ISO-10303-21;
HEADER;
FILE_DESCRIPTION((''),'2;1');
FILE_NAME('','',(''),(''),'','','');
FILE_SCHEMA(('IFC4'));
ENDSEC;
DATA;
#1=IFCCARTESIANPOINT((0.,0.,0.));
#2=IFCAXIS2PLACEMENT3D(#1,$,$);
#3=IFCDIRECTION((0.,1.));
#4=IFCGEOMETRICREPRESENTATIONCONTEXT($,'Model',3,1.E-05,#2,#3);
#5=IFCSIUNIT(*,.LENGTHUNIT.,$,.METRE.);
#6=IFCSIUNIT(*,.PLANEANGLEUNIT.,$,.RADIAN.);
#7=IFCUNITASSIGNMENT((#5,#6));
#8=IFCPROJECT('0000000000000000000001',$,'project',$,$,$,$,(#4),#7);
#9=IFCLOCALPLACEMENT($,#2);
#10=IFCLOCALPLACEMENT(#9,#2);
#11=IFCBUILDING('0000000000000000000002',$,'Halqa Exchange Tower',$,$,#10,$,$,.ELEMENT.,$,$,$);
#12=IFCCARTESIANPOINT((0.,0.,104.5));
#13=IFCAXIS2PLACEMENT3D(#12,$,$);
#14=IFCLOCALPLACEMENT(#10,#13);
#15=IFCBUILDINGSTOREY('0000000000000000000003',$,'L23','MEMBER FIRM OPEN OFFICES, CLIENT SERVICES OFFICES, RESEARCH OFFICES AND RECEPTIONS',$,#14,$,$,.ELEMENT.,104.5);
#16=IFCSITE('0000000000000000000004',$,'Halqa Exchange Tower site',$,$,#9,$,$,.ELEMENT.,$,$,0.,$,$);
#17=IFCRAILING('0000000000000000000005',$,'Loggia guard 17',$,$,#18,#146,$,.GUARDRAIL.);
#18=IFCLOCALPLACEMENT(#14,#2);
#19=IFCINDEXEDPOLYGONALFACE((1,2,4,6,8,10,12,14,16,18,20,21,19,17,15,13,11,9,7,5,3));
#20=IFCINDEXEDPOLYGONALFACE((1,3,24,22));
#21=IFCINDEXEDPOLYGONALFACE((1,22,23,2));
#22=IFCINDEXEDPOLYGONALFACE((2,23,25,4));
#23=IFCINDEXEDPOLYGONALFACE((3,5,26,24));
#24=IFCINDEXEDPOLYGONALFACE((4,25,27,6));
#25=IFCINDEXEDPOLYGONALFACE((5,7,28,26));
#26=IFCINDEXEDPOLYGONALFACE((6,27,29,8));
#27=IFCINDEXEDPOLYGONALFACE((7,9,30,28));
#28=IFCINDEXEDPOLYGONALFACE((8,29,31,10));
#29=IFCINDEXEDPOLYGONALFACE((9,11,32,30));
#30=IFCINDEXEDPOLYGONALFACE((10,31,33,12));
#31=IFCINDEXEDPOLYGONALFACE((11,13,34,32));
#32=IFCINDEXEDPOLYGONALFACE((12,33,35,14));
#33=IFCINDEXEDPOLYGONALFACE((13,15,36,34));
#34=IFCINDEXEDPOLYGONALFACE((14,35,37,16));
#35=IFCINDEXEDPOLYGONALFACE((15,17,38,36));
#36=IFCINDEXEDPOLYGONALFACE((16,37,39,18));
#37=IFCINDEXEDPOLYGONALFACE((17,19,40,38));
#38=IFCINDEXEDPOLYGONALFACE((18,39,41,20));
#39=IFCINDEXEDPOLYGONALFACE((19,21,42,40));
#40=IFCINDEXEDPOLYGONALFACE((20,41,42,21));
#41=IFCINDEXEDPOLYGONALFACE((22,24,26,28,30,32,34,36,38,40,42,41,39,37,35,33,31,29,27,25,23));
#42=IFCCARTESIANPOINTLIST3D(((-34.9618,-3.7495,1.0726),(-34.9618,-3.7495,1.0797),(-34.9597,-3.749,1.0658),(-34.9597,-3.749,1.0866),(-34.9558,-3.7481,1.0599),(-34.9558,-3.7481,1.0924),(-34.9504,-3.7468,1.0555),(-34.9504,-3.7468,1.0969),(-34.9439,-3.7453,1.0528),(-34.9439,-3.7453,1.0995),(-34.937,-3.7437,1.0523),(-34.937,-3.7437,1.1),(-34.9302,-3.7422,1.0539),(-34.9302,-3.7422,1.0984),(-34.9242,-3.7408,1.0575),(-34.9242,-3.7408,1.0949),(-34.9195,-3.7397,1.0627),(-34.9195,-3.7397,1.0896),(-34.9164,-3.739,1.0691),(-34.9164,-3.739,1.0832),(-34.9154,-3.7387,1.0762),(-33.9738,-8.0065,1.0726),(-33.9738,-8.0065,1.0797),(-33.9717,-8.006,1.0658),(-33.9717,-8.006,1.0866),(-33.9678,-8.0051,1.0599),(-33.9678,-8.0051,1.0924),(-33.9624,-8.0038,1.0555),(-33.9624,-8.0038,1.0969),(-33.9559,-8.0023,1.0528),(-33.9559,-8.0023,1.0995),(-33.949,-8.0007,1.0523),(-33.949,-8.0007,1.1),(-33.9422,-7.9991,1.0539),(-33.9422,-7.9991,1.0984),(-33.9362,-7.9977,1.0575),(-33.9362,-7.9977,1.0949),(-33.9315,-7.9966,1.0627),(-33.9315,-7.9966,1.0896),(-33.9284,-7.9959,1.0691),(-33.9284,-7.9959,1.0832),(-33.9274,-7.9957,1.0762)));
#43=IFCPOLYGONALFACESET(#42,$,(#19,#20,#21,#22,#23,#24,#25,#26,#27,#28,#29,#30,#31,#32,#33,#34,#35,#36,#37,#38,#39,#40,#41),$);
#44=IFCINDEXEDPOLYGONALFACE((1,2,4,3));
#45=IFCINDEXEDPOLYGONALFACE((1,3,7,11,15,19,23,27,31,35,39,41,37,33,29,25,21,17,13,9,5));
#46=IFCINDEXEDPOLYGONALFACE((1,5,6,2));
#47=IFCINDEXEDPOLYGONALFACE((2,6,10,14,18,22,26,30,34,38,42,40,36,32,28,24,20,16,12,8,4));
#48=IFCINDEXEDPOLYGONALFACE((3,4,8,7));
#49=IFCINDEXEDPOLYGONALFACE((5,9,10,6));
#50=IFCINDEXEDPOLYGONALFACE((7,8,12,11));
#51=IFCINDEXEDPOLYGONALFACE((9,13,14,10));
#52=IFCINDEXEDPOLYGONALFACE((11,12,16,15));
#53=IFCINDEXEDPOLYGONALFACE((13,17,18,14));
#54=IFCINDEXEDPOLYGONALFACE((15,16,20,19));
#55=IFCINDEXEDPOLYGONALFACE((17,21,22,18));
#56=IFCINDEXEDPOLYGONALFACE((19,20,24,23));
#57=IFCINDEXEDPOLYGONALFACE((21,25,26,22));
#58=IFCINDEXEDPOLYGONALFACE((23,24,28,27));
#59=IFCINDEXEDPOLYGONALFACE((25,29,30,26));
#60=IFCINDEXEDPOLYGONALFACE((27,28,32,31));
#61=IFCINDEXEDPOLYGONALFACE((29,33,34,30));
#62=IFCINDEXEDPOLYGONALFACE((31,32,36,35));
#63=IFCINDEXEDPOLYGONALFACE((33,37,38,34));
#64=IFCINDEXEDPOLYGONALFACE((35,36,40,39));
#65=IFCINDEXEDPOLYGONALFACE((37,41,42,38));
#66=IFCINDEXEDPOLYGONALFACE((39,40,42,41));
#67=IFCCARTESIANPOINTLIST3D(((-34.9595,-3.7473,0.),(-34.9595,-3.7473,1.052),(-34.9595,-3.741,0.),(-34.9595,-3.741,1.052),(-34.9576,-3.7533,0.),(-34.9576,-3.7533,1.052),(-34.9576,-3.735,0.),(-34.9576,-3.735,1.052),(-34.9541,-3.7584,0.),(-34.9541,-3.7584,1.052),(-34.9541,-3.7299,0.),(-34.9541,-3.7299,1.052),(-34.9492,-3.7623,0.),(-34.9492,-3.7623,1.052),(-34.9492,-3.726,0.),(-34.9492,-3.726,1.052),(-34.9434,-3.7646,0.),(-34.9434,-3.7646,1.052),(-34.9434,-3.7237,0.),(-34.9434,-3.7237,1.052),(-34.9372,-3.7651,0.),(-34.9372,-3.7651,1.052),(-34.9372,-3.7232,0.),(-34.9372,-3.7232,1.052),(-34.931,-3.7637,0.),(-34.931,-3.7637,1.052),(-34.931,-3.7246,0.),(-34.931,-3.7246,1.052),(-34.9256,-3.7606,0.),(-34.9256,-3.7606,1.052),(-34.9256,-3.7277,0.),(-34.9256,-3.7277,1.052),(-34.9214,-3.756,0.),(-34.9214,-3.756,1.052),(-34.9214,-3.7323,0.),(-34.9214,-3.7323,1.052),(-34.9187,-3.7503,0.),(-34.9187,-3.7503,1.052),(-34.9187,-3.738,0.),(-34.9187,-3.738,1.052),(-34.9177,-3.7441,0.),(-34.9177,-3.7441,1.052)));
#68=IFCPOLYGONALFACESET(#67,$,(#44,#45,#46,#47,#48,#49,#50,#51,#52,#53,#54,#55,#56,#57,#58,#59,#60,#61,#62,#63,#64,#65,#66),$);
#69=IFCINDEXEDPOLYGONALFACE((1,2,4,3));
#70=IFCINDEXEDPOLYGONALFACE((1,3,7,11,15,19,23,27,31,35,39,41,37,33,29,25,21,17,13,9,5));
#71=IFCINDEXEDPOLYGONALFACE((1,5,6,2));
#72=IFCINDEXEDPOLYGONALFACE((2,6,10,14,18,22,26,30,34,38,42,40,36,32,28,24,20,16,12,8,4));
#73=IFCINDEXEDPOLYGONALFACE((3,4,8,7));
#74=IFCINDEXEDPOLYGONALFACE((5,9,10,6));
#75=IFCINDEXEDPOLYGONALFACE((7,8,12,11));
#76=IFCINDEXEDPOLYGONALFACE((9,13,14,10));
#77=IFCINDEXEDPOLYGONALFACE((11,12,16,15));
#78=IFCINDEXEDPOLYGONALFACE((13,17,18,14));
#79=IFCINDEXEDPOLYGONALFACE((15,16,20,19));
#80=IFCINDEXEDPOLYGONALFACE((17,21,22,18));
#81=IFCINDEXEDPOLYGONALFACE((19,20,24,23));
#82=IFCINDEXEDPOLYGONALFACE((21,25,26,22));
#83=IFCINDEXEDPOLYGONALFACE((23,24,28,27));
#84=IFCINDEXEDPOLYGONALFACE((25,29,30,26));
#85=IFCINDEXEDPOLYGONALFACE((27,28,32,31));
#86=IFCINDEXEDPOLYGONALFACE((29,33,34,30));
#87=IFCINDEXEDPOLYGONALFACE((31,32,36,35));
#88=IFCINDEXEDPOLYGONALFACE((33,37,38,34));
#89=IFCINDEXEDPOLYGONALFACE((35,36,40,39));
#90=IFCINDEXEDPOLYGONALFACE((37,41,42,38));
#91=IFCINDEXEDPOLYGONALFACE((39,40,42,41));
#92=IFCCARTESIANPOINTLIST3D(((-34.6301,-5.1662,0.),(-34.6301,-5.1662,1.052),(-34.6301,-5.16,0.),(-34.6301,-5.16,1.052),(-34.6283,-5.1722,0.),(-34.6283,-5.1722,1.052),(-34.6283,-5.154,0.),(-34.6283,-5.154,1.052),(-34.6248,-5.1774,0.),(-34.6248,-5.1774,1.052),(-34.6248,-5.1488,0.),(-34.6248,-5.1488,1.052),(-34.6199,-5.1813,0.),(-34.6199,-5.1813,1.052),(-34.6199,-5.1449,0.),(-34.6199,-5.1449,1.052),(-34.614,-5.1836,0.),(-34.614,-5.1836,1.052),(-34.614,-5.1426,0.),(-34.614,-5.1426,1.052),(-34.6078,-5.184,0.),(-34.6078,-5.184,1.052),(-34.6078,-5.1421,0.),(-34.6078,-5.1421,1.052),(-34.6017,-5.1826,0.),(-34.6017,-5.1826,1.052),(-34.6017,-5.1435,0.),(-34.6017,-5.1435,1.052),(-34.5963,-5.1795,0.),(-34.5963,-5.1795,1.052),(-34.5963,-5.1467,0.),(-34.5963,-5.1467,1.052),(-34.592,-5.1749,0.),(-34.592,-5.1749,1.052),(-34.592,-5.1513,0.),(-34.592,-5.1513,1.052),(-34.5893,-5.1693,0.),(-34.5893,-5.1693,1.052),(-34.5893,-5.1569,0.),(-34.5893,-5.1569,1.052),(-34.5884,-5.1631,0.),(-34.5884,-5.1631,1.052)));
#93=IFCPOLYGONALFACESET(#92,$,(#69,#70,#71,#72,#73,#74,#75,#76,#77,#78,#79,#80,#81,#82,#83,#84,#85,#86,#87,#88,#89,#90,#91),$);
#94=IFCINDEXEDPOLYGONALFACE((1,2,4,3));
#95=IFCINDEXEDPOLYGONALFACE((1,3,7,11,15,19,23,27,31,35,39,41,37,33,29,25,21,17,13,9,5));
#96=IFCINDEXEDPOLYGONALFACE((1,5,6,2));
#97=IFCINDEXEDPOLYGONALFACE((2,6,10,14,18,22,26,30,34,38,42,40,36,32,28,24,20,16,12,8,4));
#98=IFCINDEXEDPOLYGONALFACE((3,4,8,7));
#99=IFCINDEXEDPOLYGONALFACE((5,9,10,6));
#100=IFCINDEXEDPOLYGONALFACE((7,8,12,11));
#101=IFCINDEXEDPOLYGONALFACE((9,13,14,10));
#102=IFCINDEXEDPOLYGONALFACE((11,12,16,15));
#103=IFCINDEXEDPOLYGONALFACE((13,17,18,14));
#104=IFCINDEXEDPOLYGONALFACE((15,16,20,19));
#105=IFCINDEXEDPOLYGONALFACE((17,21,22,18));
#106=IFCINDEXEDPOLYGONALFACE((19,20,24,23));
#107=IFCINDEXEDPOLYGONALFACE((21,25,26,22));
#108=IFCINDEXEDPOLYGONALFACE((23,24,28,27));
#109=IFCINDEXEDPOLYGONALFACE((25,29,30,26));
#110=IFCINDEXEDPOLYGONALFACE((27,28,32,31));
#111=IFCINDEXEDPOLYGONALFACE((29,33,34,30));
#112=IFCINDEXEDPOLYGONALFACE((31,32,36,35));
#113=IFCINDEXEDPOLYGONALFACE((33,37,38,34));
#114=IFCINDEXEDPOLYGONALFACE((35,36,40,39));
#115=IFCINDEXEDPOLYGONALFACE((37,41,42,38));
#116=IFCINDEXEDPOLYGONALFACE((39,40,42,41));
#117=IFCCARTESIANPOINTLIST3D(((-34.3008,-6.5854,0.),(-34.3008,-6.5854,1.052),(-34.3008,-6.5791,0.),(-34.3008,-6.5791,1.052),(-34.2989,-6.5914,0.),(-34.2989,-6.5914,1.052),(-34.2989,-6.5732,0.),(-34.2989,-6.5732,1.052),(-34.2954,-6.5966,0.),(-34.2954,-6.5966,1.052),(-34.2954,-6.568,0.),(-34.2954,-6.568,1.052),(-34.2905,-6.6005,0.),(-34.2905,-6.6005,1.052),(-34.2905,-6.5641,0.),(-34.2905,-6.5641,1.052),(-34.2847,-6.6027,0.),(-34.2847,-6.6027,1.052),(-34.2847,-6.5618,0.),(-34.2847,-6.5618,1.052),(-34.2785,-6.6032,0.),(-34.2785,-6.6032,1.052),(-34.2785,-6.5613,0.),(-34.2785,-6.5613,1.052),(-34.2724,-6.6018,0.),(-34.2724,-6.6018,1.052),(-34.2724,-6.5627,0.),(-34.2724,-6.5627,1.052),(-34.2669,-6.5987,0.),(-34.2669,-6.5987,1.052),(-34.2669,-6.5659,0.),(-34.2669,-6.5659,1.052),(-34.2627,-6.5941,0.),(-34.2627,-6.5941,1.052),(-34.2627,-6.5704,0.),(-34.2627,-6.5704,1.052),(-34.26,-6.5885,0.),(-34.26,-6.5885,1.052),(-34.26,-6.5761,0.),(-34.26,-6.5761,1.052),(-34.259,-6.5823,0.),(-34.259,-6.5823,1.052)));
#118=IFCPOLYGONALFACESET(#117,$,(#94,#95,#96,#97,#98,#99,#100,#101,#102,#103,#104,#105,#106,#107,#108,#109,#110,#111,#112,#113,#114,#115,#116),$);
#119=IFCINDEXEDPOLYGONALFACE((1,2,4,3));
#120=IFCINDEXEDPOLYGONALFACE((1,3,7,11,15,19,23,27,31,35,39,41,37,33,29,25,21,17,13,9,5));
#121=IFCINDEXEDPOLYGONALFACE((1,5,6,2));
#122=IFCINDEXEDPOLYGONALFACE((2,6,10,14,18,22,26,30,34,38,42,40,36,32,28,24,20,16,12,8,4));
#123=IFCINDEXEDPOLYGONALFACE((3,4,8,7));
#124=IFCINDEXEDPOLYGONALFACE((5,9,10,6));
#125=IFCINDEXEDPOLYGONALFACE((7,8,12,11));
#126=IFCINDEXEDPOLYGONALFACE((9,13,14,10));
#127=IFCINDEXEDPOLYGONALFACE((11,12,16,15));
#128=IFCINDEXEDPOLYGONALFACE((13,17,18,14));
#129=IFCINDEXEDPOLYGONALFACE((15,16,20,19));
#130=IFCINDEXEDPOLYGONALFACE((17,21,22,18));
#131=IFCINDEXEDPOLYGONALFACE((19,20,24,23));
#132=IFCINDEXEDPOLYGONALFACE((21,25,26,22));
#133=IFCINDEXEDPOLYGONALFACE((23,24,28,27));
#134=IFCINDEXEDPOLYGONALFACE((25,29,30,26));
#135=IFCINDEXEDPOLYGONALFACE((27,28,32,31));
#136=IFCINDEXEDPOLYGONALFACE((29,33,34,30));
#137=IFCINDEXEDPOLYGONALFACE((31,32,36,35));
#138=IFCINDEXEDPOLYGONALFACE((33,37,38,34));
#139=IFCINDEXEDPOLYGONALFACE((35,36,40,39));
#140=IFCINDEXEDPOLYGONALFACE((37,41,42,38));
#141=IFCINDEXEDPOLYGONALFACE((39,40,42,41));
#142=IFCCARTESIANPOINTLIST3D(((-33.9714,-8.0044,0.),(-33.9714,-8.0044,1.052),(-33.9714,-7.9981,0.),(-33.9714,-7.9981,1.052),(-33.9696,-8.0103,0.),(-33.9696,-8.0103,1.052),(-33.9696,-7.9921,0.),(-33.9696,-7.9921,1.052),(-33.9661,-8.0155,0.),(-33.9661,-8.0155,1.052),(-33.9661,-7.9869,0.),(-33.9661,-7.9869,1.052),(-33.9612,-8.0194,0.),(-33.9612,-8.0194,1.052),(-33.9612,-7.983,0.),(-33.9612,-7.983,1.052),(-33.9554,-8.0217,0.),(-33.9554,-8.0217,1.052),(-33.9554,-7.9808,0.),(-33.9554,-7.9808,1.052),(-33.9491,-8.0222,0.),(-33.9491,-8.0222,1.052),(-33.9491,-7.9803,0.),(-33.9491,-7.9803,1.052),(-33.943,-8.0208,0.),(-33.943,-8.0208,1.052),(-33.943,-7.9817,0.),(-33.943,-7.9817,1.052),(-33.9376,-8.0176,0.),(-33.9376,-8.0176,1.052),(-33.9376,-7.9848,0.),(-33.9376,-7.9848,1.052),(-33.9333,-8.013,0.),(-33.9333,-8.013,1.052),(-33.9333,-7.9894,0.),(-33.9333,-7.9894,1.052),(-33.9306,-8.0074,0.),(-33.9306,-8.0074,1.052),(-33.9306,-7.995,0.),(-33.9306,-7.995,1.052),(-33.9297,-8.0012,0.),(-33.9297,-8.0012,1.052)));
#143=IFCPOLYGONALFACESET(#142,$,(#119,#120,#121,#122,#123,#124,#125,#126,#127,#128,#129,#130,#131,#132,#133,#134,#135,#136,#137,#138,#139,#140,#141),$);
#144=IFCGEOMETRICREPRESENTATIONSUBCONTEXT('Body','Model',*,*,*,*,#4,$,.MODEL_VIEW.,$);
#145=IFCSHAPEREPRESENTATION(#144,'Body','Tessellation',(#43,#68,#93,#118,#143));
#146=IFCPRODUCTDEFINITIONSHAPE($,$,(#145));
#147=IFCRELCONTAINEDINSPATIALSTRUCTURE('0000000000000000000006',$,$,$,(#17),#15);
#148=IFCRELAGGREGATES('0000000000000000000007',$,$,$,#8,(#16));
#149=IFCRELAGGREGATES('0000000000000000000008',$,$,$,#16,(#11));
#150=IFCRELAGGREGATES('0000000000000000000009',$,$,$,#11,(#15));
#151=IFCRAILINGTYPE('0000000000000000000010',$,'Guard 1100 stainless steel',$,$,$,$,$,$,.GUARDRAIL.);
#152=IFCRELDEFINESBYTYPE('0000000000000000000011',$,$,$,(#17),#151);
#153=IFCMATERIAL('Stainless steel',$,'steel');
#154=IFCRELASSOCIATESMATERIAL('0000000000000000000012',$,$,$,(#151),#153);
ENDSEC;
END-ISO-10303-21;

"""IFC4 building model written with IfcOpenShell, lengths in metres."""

from ifc_helpers import new_model, si_unit, direction, frame, origin, origin_2d, place, context, subcontext, project, spatial, circle, extrude, material, type_object, element, save


model = new_model("IFC4")

# Units and contexts
model_context = context("Model", 3, precision=1e-05, world=origin(), true_north=direction((0.0, 1.0)))
body_context = subcontext(model_context, "Body", "Model", "MODEL_VIEW")
ifc_project = project(units=[si_unit("LENGTHUNIT", "METRE"), si_unit("PLANEANGLEUNIT", "RADIAN")], contexts=[model_context])

# Site, building, storey
site_placement = place(None, origin())
site = spatial("IfcSite", under=ifc_project, at=site_placement, Name="Halqa Exchange Tower site", CompositionType="ELEMENT", RefElevation=0.0)
building_placement = place(site_placement, origin())
building = spatial("IfcBuilding", under=site, at=building_placement, Name="Halqa Exchange Tower", CompositionType="ELEMENT")
storey_placement = place(building_placement, frame((0.0, 0.0, 104.5)))
storey = spatial("IfcBuildingStorey", under=building, at=storey_placement, Name="L23", Description="MEMBER FIRM OPEN OFFICES, CLIENT SERVICES OFFICES, RESEARCH OFFICES AND RECEPTIONS", CompositionType="ELEMENT", Elevation=104.5)

# Railing
ifc_material_1 = material(Name="Stainless steel", Category="steel")
railing_type = type_object("IfcRailingType", Name="Guard 1100 stainless steel", PredefinedType="GUARDRAIL", material=ifc_material_1)
railing_1_placement = place(storey_placement, frame((-34.9387, -3.7441, 0.0)))
element("IfcRailing", 1, at=railing_1_placement, inside=storey, type_object=railing_type, Name="Loggia guard 17", PredefinedType="GUARDRAIL", context=body_context, shape_type="SweptSolid", body=[
    extrude(circle(Radius=0.0239, at=origin_2d()), frame((0.0, 0.0, 1.0762), z_axis=(0.226083, -0.974108, 0.0), x_axis=(0.974108, 0.226083, 0.0)), (0.0, 0.0, 1.0), 4.3701),
    extrude(circle(Radius=0.021, at=origin_2d()), origin(), (0.0, 0.0, 1.0), 1.052),
    extrude(circle(Radius=0.021, at=origin_2d()), frame((0.3293, -1.4189, 0.0)), (0.0, 0.0, 1.0), 1.052),
    extrude(circle(Radius=0.021, at=origin_2d()), frame((0.6587, -2.8381, 0.0)), (0.0, 0.0, 1.0), 1.052),
    extrude(circle(Radius=0.021, at=origin_2d()), frame((0.988, -4.2571, 0.0)), (0.0, 0.0, 1.0), 1.052),
])

save(model, "model.ifc")
